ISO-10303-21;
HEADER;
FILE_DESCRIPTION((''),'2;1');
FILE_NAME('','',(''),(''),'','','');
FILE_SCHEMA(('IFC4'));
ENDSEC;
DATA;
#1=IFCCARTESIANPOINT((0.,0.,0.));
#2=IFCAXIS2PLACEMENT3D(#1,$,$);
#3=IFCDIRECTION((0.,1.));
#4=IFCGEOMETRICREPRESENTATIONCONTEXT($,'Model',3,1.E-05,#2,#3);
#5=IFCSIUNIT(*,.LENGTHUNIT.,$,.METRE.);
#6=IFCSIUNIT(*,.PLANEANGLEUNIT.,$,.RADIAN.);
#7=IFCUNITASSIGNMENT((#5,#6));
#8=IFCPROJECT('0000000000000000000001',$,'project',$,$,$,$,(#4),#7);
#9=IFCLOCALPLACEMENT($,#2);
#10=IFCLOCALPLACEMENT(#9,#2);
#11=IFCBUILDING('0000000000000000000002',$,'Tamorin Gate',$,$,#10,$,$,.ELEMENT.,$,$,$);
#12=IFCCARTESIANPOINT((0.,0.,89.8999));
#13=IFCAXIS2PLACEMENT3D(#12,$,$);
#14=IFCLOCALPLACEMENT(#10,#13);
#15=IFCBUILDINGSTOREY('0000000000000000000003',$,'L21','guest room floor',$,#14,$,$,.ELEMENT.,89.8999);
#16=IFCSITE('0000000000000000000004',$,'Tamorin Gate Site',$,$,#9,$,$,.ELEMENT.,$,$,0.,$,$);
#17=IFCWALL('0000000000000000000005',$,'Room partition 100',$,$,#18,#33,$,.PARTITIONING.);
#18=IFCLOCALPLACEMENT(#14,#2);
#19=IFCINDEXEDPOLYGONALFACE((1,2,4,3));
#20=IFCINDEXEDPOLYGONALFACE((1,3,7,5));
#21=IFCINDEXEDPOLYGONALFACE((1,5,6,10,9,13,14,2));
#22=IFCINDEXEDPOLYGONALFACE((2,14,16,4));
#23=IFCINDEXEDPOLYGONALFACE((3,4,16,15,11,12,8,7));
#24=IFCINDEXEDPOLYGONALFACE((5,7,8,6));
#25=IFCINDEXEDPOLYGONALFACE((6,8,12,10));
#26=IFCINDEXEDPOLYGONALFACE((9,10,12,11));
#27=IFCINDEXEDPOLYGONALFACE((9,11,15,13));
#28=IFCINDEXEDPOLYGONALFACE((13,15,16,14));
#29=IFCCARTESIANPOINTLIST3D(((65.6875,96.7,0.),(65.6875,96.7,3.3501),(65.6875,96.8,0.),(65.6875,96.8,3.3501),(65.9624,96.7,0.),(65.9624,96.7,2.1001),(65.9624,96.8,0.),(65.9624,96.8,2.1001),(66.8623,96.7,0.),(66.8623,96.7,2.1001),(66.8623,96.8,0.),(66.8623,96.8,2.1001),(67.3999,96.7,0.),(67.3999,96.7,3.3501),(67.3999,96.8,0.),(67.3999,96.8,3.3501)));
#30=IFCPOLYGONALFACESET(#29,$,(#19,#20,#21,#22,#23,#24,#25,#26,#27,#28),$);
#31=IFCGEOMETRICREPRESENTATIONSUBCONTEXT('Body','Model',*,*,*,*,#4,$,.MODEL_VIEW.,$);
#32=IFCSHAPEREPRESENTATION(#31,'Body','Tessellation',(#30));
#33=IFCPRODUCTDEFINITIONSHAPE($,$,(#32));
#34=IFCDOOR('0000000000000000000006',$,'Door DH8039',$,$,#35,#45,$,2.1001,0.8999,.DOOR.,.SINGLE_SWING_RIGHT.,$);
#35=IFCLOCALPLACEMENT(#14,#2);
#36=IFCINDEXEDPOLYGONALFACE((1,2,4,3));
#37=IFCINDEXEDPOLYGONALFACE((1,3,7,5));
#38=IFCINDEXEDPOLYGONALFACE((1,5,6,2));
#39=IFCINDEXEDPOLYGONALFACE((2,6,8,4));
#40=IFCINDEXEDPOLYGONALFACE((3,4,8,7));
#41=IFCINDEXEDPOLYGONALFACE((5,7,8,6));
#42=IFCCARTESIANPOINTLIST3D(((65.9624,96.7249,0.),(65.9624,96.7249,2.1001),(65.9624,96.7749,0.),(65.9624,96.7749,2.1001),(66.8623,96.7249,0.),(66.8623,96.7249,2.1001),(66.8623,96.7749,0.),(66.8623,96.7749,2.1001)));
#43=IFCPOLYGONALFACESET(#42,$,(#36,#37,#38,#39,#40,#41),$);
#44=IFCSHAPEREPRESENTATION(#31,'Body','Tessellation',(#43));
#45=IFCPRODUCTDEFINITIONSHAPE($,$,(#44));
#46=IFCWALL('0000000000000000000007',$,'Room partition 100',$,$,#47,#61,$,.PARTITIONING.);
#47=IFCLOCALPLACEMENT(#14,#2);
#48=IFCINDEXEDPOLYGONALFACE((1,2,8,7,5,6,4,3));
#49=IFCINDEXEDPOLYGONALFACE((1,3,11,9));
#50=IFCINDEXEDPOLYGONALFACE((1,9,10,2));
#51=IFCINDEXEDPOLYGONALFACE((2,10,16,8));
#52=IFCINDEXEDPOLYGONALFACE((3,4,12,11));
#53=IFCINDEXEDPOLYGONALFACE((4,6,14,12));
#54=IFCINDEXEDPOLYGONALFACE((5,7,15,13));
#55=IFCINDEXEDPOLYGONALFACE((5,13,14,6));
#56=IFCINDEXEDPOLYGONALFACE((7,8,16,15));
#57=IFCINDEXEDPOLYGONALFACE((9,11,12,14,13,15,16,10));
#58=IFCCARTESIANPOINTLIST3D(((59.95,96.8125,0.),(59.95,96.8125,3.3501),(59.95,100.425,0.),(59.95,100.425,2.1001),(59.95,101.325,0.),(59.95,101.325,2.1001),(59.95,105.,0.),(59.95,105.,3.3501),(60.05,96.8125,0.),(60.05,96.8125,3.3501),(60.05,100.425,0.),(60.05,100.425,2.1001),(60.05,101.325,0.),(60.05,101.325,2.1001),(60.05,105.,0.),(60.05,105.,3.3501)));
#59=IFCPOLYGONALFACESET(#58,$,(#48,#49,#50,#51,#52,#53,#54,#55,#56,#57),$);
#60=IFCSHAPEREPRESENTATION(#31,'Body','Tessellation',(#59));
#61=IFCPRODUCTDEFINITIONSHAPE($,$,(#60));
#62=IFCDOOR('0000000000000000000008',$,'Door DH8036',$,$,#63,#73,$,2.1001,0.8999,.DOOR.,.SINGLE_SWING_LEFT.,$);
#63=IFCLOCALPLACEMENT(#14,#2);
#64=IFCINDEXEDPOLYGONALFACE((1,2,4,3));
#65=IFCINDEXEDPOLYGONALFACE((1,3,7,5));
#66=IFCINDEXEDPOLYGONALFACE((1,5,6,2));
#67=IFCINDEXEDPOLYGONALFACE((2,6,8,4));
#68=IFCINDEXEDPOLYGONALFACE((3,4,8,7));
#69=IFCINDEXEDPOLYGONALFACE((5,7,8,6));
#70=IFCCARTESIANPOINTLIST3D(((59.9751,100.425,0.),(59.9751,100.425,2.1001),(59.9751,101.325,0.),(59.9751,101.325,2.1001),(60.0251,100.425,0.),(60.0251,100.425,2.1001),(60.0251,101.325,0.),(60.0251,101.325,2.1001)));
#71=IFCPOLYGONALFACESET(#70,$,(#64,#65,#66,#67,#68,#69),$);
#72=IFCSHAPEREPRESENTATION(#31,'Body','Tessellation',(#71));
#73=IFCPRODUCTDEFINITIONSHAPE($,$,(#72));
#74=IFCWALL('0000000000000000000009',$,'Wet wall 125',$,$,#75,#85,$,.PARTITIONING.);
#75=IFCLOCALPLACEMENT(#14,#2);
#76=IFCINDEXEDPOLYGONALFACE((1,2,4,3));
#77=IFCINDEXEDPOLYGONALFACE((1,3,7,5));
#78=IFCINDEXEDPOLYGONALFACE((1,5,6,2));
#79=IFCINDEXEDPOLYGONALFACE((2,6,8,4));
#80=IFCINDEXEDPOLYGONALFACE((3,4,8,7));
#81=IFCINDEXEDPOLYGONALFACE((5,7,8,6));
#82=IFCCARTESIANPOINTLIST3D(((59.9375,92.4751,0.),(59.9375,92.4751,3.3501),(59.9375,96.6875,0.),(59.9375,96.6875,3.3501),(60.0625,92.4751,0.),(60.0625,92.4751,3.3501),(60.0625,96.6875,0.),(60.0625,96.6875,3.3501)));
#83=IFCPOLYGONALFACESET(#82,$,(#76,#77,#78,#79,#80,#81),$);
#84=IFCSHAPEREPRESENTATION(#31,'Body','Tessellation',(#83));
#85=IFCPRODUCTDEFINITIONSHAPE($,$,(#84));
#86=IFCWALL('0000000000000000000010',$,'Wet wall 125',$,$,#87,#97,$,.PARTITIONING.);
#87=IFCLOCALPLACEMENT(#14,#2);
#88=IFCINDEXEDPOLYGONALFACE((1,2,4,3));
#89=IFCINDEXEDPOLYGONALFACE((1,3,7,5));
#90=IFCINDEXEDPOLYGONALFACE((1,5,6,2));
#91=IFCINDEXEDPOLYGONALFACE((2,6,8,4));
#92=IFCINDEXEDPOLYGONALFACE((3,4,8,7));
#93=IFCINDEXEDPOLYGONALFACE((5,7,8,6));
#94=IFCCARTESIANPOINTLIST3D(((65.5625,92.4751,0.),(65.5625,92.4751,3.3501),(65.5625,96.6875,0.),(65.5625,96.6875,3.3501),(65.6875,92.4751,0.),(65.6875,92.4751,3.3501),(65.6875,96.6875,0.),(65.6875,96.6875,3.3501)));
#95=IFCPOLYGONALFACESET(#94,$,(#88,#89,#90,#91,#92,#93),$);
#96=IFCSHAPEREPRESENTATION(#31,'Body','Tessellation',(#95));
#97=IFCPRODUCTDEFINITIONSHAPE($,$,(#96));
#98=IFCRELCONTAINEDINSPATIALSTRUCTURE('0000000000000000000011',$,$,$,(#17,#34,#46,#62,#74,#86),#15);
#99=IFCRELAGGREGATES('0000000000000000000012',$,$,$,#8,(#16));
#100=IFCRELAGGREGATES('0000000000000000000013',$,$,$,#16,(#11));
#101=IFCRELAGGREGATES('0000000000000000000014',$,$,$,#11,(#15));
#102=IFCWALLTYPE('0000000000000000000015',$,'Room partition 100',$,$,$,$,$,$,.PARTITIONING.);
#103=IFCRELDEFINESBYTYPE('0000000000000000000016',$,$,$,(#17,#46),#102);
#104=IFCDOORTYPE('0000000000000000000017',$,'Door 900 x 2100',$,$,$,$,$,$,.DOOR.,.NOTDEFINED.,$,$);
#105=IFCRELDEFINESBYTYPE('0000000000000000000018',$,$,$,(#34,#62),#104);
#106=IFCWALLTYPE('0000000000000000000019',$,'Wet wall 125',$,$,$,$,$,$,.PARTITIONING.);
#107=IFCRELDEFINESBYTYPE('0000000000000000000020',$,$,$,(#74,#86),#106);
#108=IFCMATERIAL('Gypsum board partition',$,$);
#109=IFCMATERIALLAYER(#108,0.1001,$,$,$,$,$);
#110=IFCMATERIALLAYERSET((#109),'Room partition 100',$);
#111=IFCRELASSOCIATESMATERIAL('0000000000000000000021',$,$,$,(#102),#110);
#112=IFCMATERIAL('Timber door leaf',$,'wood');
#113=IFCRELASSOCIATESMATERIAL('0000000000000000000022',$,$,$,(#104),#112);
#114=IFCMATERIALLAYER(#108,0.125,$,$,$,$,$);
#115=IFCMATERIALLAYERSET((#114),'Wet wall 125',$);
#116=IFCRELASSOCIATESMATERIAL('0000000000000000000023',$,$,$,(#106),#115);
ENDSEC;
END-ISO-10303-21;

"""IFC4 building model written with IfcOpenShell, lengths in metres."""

from ifc_helpers import new_model, si_unit, direction, frame, frame_2d, origin, place, context, subcontext, project, spatial, rectangle, extrude, material, layer, layer_set, type_object, element, fill, save


model = new_model("IFC4")

# Units and contexts
model_context = context("Model", 3, precision=1e-05, world=origin(), true_north=direction((0.0, 1.0)))
body_context = subcontext(model_context, "Body", "Model", "MODEL_VIEW")
ifc_project = project(units=[si_unit("LENGTHUNIT", "METRE"), si_unit("PLANEANGLEUNIT", "RADIAN")], contexts=[model_context])

# Site, building, storey
site_placement = place(None, origin())
site = spatial("IfcSite", under=ifc_project, at=site_placement, Name="Tamorin Gate Site", CompositionType="ELEMENT", RefElevation=0.0)
building_placement = place(site_placement, origin())
building = spatial("IfcBuilding", under=site, at=building_placement, Name="Tamorin Gate", CompositionType="ELEMENT")
storey_placement = place(building_placement, frame((0.0, 0.0, 89.8999)))
storey = spatial("IfcBuildingStorey", under=building, at=storey_placement, Name="L21", Description="guest room floor", CompositionType="ELEMENT", Elevation=89.8999)

# Shared definitions
ifc_material_1 = material(Name="Gypsum board partition")

# Walls, openings, doors
ifc_layer_1 = layer(ifc_material_1, 0.1001)
ifc_layer_set_1 = layer_set([ifc_layer_1], Name="Room partition 100")
wall_type_1 = type_object("IfcWallType", Name="Room partition 100", PredefinedType="PARTITIONING", material=ifc_layer_set_1)
wall_1_placement = place(storey_placement, frame((65.6875, 96.75, 0.0), z_axis=(0.0, 0.0, 1.0), x_axis=(1.0, 0.0, 0.0)))
wall_1 = element("IfcWall", 1, at=wall_1_placement, inside=storey, type_object=wall_type_1, Name="Room partition 100", PredefinedType="PARTITIONING", context=body_context, shape_type="SweptSolid", body=[
    extrude(rectangle(XDim=1.7124, YDim=0.1001, at=frame_2d((0.8562, 0.0))), origin(), (0.0, 0.0, 1.0), 3.3501),
])
opening_1_placement = place(wall_1_placement, frame((0.2749, 0.0, 0.0)))
opening_1 = element("IfcOpeningElement", 2, at=opening_1_placement, cuts=wall_1, PredefinedType="OPENING", context=body_context, shape_type="SweptSolid", body=[
    extrude(rectangle(XDim=0.8999, YDim=2.1001, at=frame_2d((0.45, 1.05))), frame((0.0, 0.0601, 0.0), z_axis=(0.0, -1.0, 0.0), x_axis=(1.0, 0.0, 0.0)), (0.0, 0.0, 1.0), 0.1201),
])
ifc_material_2 = material(Name="Timber door leaf", Category="wood")
door_type = type_object("IfcDoorType", Name="Door 900 x 2100", OperationType="NOTDEFINED", PredefinedType="DOOR", material=ifc_material_2)
door_1_placement = place(opening_1_placement, origin())
door_1 = element("IfcDoor", 3, at=door_1_placement, inside=storey, type_object=door_type, Name="Door DH8039", OperationType="SINGLE_SWING_RIGHT", OverallHeight=2.1001, OverallWidth=0.8999, PredefinedType="DOOR", context=body_context, shape_type="SweptSolid", body=[
    extrude(rectangle(XDim=0.8999, YDim=2.1001, at=frame_2d((0.45, 1.05))), frame((0.0, 0.0249, 0.0), z_axis=(0.0, -1.0, 0.0), x_axis=(1.0, 0.0, 0.0)), (0.0, 0.0, 1.0), 0.05),
])
fill(opening_1, door_1)
wall_2_placement = place(storey_placement, frame((60.0, 96.8125, 0.0), z_axis=(0.0, 0.0, 1.0), x_axis=(0.0, 1.0, 0.0)))
wall_2 = element("IfcWall", 4, at=wall_2_placement, inside=storey, type_object=wall_type_1, Name="Room partition 100", PredefinedType="PARTITIONING", context=body_context, shape_type="SweptSolid", body=[
    extrude(rectangle(XDim=8.1875, YDim=0.1001, at=frame_2d((4.0938, 0.0))), origin(), (0.0, 0.0, 1.0), 3.3501),
])
opening_2_placement = place(wall_2_placement, frame((3.6125, 0.0, 0.0)))
opening_2 = element("IfcOpeningElement", 5, at=opening_2_placement, cuts=wall_2, PredefinedType="OPENING", context=body_context, shape_type="SweptSolid", body=[
    extrude(rectangle(XDim=0.8999, YDim=2.1001, at=frame_2d((0.45, 1.05))), frame((0.0, 0.0601, 0.0), z_axis=(0.0, -1.0, 0.0), x_axis=(1.0, 0.0, 0.0)), (0.0, 0.0, 1.0), 0.1201),
])
door_2_placement = place(opening_2_placement, origin())
door_2 = element("IfcDoor", 6, at=door_2_placement, inside=storey, type_object=door_type, Name="Door DH8036", OperationType="SINGLE_SWING_LEFT", OverallHeight=2.1001, OverallWidth=0.8999, PredefinedType="DOOR", context=body_context, shape_type="SweptSolid", body=[
    extrude(rectangle(XDim=0.8999, YDim=2.1001, at=frame_2d((0.45, 1.05))), frame((0.0, 0.0249, 0.0), z_axis=(0.0, -1.0, 0.0), x_axis=(1.0, 0.0, 0.0)), (0.0, 0.0, 1.0), 0.05),
])
fill(opening_2, door_2)

# Walls
ifc_layer_2 = layer(ifc_material_1, 0.125)
ifc_layer_set_2 = layer_set([ifc_layer_2], Name="Wet wall 125")
wall_type_2 = type_object("IfcWallType", Name="Wet wall 125", PredefinedType="PARTITIONING", material=ifc_layer_set_2)
for number, where, z_axis, x_axis, name in (
    (7, (60.0, 92.4751, 0.0), (0.0, 0.0, 1.0), (0.0, 1.0, 0.0), "Wet wall 125"),
    (8, (65.625, 92.4751, 0.0), (0.0, 0.0, 1.0), (0.0, 1.0, 0.0), "Wet wall 125"),
):
    element("IfcWall", number, at=place(storey_placement, frame(where, z_axis=z_axis, x_axis=x_axis)), inside=storey, type_object=wall_type_2, Name=name, PredefinedType="PARTITIONING", context=body_context, shape_type="SweptSolid", body=[
        extrude(rectangle(XDim=4.2124, YDim=0.125, at=frame_2d((2.1062, 0.0))), origin(), (0.0, 0.0, 1.0), 3.3501),
    ])

save(model, "model.ifc")
